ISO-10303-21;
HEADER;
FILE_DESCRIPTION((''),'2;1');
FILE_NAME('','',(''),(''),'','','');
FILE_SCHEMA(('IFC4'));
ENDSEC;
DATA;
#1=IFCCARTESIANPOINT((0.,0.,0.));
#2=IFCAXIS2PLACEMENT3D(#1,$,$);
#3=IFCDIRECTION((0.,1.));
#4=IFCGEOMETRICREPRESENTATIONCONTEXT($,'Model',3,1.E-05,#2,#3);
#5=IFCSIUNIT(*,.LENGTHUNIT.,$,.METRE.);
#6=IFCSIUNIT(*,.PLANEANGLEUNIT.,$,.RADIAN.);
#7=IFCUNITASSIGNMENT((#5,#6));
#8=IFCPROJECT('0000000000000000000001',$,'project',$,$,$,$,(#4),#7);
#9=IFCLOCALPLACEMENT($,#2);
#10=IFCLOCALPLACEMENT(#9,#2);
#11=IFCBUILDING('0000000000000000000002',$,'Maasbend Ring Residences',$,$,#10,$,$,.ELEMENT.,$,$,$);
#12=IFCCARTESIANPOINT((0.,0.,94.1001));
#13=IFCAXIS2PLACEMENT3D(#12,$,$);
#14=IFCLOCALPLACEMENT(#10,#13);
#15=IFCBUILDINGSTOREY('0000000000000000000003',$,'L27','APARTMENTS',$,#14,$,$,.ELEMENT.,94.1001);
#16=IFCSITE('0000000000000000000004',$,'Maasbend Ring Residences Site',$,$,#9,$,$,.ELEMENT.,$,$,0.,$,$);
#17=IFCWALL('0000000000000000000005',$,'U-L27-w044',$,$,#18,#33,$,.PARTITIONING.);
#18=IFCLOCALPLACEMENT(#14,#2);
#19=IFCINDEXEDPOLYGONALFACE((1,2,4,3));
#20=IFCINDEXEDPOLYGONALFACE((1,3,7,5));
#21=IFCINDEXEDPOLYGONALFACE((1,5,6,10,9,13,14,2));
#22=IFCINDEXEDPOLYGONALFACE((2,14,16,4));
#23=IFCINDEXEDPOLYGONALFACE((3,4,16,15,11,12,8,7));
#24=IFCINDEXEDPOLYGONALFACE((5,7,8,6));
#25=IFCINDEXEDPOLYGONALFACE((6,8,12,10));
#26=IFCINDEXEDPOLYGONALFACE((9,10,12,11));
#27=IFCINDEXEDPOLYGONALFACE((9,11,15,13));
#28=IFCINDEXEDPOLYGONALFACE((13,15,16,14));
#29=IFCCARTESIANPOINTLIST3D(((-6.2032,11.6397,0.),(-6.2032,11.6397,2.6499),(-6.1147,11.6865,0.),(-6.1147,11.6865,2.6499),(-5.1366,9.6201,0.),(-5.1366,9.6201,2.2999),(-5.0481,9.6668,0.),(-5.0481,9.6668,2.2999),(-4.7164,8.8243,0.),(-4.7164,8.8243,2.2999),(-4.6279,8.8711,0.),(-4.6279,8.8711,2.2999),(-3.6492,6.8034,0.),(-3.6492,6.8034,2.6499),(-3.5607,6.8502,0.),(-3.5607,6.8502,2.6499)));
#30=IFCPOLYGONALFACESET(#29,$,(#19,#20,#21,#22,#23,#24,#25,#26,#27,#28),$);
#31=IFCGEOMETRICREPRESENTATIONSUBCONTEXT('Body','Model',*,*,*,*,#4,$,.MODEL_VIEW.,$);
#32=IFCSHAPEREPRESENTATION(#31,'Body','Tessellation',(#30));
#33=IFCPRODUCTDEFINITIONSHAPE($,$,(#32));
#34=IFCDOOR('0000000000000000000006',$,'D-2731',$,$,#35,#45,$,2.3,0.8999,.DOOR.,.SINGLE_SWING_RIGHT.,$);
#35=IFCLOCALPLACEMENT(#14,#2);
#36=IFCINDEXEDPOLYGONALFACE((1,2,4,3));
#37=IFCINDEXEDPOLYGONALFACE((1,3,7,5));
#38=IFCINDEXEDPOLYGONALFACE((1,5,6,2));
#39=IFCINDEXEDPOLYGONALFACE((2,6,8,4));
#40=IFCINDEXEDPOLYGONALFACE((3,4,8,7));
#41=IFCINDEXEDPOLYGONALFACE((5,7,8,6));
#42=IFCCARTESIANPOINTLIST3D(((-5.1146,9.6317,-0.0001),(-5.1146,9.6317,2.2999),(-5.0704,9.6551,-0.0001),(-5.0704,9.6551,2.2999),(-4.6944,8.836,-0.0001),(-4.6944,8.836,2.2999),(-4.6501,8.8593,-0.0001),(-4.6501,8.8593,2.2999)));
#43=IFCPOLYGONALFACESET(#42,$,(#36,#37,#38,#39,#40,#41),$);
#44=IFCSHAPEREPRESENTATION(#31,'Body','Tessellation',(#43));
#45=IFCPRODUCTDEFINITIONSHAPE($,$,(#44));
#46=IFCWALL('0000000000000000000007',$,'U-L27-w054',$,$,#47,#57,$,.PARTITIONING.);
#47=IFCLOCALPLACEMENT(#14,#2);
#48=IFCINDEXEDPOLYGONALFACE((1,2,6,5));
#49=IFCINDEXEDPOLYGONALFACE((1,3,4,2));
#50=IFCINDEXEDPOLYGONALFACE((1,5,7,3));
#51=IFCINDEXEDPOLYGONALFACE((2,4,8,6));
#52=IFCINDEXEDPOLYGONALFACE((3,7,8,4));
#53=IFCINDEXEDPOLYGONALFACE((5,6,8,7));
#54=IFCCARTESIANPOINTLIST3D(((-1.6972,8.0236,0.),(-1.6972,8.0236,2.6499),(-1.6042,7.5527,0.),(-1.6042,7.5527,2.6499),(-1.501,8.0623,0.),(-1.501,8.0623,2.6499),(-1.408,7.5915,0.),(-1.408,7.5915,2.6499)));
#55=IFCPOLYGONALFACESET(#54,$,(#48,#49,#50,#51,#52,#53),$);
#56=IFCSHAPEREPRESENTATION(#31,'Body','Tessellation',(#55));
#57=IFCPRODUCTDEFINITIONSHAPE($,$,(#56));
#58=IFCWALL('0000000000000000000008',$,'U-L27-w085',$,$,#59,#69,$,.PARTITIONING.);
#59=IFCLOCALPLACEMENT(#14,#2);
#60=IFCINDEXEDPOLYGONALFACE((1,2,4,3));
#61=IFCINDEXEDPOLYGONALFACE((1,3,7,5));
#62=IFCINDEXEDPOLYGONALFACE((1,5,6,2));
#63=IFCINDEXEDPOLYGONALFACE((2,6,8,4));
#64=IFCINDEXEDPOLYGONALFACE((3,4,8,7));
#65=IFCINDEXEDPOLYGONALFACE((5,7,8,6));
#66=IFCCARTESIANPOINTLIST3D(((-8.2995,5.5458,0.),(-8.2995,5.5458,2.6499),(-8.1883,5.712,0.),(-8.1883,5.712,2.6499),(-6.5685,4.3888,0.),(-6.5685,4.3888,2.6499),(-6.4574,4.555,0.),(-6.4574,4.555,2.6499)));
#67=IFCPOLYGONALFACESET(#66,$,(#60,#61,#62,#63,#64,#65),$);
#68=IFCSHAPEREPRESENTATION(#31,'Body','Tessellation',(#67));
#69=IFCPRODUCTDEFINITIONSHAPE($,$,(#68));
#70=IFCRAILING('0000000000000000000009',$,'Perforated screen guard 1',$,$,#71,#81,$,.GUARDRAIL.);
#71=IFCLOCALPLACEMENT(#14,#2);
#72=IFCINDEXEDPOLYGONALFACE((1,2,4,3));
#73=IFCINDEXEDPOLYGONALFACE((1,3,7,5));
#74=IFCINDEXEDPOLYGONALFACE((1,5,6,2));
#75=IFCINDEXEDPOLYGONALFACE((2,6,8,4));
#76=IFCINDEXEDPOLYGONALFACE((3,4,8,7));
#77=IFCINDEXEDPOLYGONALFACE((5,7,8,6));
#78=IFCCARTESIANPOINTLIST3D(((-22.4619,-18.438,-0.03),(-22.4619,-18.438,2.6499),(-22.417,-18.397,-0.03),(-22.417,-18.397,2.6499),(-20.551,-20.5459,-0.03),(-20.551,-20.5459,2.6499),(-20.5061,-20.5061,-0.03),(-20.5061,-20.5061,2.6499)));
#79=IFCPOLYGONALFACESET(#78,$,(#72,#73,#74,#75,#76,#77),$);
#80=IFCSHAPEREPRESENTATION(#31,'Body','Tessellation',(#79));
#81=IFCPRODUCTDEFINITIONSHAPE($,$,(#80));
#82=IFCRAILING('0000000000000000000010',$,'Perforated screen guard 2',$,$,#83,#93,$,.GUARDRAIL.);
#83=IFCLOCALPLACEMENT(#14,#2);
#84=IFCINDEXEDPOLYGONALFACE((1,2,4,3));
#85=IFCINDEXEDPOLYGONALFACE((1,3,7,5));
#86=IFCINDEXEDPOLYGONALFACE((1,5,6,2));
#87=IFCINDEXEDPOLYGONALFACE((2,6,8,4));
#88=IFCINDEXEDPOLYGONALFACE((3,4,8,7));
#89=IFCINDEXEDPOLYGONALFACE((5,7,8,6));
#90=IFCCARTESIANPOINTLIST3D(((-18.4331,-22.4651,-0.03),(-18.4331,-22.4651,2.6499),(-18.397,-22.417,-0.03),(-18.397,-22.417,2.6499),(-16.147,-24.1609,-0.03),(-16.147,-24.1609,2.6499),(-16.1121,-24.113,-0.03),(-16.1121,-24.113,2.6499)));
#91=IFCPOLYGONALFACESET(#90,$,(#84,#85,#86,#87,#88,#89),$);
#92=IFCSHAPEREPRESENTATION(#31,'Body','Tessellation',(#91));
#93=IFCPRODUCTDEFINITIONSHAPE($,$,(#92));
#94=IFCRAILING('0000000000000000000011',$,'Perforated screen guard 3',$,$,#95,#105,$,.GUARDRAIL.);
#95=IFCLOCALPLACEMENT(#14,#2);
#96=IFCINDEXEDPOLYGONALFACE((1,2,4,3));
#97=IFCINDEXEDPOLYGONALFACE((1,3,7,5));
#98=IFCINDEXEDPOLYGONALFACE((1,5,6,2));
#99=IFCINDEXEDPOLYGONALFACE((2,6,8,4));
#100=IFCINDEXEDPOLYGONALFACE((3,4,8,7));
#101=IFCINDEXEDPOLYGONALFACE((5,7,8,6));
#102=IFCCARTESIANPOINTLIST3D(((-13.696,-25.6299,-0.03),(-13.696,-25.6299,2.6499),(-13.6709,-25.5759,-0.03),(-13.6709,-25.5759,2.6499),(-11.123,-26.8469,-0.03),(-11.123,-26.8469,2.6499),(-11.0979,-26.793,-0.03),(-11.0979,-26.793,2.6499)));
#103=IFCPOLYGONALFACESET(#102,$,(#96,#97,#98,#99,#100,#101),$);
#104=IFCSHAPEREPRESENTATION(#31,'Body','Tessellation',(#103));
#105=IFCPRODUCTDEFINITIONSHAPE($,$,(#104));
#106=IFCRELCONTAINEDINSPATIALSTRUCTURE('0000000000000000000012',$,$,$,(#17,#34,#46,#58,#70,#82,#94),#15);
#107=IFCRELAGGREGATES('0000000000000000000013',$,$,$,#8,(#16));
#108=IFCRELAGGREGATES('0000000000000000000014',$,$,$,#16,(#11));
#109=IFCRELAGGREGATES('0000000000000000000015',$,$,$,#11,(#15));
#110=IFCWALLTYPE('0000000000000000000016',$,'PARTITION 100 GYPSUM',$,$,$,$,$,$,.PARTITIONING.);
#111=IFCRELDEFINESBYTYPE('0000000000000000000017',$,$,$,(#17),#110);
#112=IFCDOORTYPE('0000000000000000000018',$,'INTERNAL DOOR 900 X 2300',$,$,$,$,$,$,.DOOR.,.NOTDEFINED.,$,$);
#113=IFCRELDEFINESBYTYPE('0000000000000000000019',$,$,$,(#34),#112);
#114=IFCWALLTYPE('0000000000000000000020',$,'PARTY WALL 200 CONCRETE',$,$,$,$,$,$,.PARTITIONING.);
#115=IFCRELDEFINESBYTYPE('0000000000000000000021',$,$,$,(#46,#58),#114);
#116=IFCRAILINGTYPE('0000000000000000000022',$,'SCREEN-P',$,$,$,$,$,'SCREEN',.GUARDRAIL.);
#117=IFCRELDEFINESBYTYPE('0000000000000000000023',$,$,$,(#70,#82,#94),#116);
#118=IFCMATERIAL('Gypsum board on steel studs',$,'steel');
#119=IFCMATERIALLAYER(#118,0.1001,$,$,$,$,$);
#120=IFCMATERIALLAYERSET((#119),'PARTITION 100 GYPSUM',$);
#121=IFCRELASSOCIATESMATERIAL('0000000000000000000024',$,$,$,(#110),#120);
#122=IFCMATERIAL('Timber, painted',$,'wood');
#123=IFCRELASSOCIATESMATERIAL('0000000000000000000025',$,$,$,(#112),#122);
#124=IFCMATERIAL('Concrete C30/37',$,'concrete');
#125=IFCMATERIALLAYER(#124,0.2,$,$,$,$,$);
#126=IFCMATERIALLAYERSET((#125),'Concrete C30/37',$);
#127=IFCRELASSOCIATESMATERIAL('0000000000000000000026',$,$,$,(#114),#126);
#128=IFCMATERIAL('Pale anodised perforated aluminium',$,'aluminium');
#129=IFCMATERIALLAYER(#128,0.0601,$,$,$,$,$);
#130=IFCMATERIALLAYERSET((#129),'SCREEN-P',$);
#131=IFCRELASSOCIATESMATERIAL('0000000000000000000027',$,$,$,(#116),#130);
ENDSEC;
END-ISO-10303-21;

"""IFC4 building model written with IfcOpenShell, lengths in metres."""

from ifc_helpers import new_model, si_unit, direction, frame, frame_2d, origin, place, context, subcontext, project, spatial, polyline, rectangle, outline, extrude, material, layer, layer_set, type_object, element, fill, save


model = new_model("IFC4")

# Units and contexts
model_context = context("Model", 3, precision=1e-05, world=origin(), true_north=direction((0.0, 1.0)))
body_context = subcontext(model_context, "Body", "Model", "MODEL_VIEW")
ifc_project = project(units=[si_unit("LENGTHUNIT", "METRE"), si_unit("PLANEANGLEUNIT", "RADIAN")], contexts=[model_context])

# Site, building, storey
site_placement = place(None, origin())
site = spatial("IfcSite", under=ifc_project, at=site_placement, Name="Maasbend Ring Residences Site", CompositionType="ELEMENT", RefElevation=0.0)
building_placement = place(site_placement, origin())
building = spatial("IfcBuilding", under=site, at=building_placement, Name="Maasbend Ring Residences", CompositionType="ELEMENT")
storey_placement = place(building_placement, frame((0.0, 0.0, 94.1001)))
storey = spatial("IfcBuildingStorey", under=building, at=storey_placement, Name="L27", Description="APARTMENTS", CompositionType="ELEMENT", Elevation=94.1001)

# Wall, opening, door
ifc_material_1 = material(Name="Gypsum board on steel studs", Category="steel")
ifc_layer_1 = layer(ifc_material_1, 0.1001)
ifc_layer_set_1 = layer_set([ifc_layer_1], Name="PARTITION 100 GYPSUM")
wall_type_1 = type_object("IfcWallType", Name="PARTITION 100 GYPSUM", PredefinedType="PARTITIONING", material=ifc_layer_set_1)
wall_1_placement = place(storey_placement, frame((-6.1589, 11.6631, 0.0), z_axis=(0.0, 0.0, 1.0), x_axis=(0.466977, -0.88427, 0.0)))
wall_1 = element("IfcWall", 1, at=wall_1_placement, inside=storey, type_object=wall_type_1, Name="U-L27-w044", PredefinedType="PARTITIONING", context=body_context, shape_type="SweptSolid", body=[
    extrude(rectangle(XDim=5.4692, YDim=0.1001, at=frame_2d((2.7346, 0.0))), origin(), (0.0, 0.0, 1.0), 2.6499),
])
opening_placement = place(wall_1_placement, frame((2.2839, 0.0, 0.0)))
opening = element("IfcOpeningElement", 2, at=opening_placement, cuts=wall_1, PredefinedType="OPENING", context=body_context, shape_type="SweptSolid", body=[
    extrude(rectangle(XDim=0.8999, YDim=2.3, at=frame_2d((0.45, 1.1499))), frame((0.0, 0.0601, 0.0), z_axis=(0.0, -1.0, 0.0), x_axis=(1.0, 0.0, 0.0)), (0.0, 0.0, 1.0), 0.1201),
])
ifc_material_2 = material(Name="Timber, painted", Category="wood")
door_type = type_object("IfcDoorType", Name="INTERNAL DOOR 900 X 2300", OperationType="NOTDEFINED", PredefinedType="DOOR", material=ifc_material_2)
door_placement = place(opening_placement, origin())
door = element("IfcDoor", 3, at=door_placement, inside=storey, type_object=door_type, Name="D-2731", OperationType="SINGLE_SWING_RIGHT", OverallHeight=2.3, OverallWidth=0.8999, PredefinedType="DOOR", context=body_context, shape_type="SweptSolid", body=[
    extrude(rectangle(XDim=0.8999, YDim=2.3, at=frame_2d((0.45, 1.1499))), frame((0.0, 0.0249, 0.0), z_axis=(0.0, -1.0, 0.0), x_axis=(1.0, 0.0, 0.0)), (0.0, 0.0, 1.0), 0.05),
])
fill(opening, door)

# Walls
ifc_material_3 = material(Name="Concrete C30/37", Category="concrete")
ifc_layer_2 = layer(ifc_material_3, 0.2)
ifc_layer_set_2 = layer_set([ifc_layer_2], Name="Concrete C30/37")
wall_type_2 = type_object("IfcWallType", Name="PARTY WALL 200 CONCRETE", PredefinedType="PARTITIONING", material=ifc_layer_set_2)
wall_2_placement = place(storey_placement, frame((-1.5991, 8.043, 0.0), z_axis=(0.0, 0.0, 1.0), x_axis=(0.193768, -0.981047, 0.0)))
element("IfcWall", 4, at=wall_2_placement, inside=storey, type_object=wall_type_2, Name="U-L27-w054", PredefinedType="PARTITIONING", context=body_context, shape_type="SweptSolid", body=[
    extrude(rectangle(XDim=0.48, YDim=0.2, at=frame_2d((0.24, 0.0))), origin(), (0.0, 0.0, 1.0), 2.6499),
])
wall_3_placement = place(storey_placement, frame((-6.5129, 4.4719, 0.0), z_axis=(0.0, 0.0, 1.0), x_axis=(-0.831382, 0.555701, 0.0)))
element("IfcWall", 5, at=wall_3_placement, inside=storey, type_object=wall_type_2, Name="U-L27-w085", PredefinedType="PARTITIONING", context=body_context, shape_type="SweptSolid", body=[
    extrude(rectangle(XDim=2.082, YDim=0.2, at=frame_2d((1.041, 0.0))), origin(), (0.0, 0.0, 1.0), 2.6499),
])

# Railings
ifc_material_4 = material(Name="Pale anodised perforated aluminium", Category="aluminium")
ifc_layer_3 = layer(ifc_material_4, 0.0601)
ifc_layer_set_3 = layer_set([ifc_layer_3], Name="SCREEN-P")
railing_type = type_object("IfcRailingType", Name="SCREEN-P", ElementType="SCREEN", PredefinedType="GUARDRAIL", material=ifc_layer_set_3)
railing_1_placement = place(storey_placement, frame((0.0, 0.0, -0.03)))
element("IfcRailing", 6, at=railing_1_placement, inside=storey, type_object=railing_type, Name="Perforated screen guard 1", PredefinedType="GUARDRAIL", context=body_context, shape_type="SweptSolid", body=[
    extrude(outline(polyline([(-22.417, -18.397), (-20.5061, -20.5061), (-20.551, -20.5459), (-22.4619, -18.438), (-22.417, -18.397)])), origin(), (0.0, 0.0, 1.0), 2.6799),
])
railing_2_placement = place(storey_placement, frame((0.0, 0.0, -0.03)))
element("IfcRailing", 7, at=railing_2_placement, inside=storey, type_object=railing_type, Name="Perforated screen guard 2", PredefinedType="GUARDRAIL", context=body_context, shape_type="SweptSolid", body=[
    extrude(outline(polyline([(-18.397, -22.417), (-16.1121, -24.113), (-16.147, -24.1609), (-18.4331, -22.4651), (-18.397, -22.417)])), origin(), (0.0, 0.0, 1.0), 2.6799),
])
railing_3_placement = place(storey_placement, frame((0.0, 0.0, -0.03)))
element("IfcRailing", 8, at=railing_3_placement, inside=storey, type_object=railing_type, Name="Perforated screen guard 3", PredefinedType="GUARDRAIL", context=body_context, shape_type="SweptSolid", body=[
    extrude(outline(polyline([(-13.6709, -25.5759), (-11.0979, -26.793), (-11.123, -26.8469), (-13.696, -25.6299), (-13.6709, -25.5759)])), origin(), (0.0, 0.0, 1.0), 2.6799),
])

save(model, "model.ifc")
